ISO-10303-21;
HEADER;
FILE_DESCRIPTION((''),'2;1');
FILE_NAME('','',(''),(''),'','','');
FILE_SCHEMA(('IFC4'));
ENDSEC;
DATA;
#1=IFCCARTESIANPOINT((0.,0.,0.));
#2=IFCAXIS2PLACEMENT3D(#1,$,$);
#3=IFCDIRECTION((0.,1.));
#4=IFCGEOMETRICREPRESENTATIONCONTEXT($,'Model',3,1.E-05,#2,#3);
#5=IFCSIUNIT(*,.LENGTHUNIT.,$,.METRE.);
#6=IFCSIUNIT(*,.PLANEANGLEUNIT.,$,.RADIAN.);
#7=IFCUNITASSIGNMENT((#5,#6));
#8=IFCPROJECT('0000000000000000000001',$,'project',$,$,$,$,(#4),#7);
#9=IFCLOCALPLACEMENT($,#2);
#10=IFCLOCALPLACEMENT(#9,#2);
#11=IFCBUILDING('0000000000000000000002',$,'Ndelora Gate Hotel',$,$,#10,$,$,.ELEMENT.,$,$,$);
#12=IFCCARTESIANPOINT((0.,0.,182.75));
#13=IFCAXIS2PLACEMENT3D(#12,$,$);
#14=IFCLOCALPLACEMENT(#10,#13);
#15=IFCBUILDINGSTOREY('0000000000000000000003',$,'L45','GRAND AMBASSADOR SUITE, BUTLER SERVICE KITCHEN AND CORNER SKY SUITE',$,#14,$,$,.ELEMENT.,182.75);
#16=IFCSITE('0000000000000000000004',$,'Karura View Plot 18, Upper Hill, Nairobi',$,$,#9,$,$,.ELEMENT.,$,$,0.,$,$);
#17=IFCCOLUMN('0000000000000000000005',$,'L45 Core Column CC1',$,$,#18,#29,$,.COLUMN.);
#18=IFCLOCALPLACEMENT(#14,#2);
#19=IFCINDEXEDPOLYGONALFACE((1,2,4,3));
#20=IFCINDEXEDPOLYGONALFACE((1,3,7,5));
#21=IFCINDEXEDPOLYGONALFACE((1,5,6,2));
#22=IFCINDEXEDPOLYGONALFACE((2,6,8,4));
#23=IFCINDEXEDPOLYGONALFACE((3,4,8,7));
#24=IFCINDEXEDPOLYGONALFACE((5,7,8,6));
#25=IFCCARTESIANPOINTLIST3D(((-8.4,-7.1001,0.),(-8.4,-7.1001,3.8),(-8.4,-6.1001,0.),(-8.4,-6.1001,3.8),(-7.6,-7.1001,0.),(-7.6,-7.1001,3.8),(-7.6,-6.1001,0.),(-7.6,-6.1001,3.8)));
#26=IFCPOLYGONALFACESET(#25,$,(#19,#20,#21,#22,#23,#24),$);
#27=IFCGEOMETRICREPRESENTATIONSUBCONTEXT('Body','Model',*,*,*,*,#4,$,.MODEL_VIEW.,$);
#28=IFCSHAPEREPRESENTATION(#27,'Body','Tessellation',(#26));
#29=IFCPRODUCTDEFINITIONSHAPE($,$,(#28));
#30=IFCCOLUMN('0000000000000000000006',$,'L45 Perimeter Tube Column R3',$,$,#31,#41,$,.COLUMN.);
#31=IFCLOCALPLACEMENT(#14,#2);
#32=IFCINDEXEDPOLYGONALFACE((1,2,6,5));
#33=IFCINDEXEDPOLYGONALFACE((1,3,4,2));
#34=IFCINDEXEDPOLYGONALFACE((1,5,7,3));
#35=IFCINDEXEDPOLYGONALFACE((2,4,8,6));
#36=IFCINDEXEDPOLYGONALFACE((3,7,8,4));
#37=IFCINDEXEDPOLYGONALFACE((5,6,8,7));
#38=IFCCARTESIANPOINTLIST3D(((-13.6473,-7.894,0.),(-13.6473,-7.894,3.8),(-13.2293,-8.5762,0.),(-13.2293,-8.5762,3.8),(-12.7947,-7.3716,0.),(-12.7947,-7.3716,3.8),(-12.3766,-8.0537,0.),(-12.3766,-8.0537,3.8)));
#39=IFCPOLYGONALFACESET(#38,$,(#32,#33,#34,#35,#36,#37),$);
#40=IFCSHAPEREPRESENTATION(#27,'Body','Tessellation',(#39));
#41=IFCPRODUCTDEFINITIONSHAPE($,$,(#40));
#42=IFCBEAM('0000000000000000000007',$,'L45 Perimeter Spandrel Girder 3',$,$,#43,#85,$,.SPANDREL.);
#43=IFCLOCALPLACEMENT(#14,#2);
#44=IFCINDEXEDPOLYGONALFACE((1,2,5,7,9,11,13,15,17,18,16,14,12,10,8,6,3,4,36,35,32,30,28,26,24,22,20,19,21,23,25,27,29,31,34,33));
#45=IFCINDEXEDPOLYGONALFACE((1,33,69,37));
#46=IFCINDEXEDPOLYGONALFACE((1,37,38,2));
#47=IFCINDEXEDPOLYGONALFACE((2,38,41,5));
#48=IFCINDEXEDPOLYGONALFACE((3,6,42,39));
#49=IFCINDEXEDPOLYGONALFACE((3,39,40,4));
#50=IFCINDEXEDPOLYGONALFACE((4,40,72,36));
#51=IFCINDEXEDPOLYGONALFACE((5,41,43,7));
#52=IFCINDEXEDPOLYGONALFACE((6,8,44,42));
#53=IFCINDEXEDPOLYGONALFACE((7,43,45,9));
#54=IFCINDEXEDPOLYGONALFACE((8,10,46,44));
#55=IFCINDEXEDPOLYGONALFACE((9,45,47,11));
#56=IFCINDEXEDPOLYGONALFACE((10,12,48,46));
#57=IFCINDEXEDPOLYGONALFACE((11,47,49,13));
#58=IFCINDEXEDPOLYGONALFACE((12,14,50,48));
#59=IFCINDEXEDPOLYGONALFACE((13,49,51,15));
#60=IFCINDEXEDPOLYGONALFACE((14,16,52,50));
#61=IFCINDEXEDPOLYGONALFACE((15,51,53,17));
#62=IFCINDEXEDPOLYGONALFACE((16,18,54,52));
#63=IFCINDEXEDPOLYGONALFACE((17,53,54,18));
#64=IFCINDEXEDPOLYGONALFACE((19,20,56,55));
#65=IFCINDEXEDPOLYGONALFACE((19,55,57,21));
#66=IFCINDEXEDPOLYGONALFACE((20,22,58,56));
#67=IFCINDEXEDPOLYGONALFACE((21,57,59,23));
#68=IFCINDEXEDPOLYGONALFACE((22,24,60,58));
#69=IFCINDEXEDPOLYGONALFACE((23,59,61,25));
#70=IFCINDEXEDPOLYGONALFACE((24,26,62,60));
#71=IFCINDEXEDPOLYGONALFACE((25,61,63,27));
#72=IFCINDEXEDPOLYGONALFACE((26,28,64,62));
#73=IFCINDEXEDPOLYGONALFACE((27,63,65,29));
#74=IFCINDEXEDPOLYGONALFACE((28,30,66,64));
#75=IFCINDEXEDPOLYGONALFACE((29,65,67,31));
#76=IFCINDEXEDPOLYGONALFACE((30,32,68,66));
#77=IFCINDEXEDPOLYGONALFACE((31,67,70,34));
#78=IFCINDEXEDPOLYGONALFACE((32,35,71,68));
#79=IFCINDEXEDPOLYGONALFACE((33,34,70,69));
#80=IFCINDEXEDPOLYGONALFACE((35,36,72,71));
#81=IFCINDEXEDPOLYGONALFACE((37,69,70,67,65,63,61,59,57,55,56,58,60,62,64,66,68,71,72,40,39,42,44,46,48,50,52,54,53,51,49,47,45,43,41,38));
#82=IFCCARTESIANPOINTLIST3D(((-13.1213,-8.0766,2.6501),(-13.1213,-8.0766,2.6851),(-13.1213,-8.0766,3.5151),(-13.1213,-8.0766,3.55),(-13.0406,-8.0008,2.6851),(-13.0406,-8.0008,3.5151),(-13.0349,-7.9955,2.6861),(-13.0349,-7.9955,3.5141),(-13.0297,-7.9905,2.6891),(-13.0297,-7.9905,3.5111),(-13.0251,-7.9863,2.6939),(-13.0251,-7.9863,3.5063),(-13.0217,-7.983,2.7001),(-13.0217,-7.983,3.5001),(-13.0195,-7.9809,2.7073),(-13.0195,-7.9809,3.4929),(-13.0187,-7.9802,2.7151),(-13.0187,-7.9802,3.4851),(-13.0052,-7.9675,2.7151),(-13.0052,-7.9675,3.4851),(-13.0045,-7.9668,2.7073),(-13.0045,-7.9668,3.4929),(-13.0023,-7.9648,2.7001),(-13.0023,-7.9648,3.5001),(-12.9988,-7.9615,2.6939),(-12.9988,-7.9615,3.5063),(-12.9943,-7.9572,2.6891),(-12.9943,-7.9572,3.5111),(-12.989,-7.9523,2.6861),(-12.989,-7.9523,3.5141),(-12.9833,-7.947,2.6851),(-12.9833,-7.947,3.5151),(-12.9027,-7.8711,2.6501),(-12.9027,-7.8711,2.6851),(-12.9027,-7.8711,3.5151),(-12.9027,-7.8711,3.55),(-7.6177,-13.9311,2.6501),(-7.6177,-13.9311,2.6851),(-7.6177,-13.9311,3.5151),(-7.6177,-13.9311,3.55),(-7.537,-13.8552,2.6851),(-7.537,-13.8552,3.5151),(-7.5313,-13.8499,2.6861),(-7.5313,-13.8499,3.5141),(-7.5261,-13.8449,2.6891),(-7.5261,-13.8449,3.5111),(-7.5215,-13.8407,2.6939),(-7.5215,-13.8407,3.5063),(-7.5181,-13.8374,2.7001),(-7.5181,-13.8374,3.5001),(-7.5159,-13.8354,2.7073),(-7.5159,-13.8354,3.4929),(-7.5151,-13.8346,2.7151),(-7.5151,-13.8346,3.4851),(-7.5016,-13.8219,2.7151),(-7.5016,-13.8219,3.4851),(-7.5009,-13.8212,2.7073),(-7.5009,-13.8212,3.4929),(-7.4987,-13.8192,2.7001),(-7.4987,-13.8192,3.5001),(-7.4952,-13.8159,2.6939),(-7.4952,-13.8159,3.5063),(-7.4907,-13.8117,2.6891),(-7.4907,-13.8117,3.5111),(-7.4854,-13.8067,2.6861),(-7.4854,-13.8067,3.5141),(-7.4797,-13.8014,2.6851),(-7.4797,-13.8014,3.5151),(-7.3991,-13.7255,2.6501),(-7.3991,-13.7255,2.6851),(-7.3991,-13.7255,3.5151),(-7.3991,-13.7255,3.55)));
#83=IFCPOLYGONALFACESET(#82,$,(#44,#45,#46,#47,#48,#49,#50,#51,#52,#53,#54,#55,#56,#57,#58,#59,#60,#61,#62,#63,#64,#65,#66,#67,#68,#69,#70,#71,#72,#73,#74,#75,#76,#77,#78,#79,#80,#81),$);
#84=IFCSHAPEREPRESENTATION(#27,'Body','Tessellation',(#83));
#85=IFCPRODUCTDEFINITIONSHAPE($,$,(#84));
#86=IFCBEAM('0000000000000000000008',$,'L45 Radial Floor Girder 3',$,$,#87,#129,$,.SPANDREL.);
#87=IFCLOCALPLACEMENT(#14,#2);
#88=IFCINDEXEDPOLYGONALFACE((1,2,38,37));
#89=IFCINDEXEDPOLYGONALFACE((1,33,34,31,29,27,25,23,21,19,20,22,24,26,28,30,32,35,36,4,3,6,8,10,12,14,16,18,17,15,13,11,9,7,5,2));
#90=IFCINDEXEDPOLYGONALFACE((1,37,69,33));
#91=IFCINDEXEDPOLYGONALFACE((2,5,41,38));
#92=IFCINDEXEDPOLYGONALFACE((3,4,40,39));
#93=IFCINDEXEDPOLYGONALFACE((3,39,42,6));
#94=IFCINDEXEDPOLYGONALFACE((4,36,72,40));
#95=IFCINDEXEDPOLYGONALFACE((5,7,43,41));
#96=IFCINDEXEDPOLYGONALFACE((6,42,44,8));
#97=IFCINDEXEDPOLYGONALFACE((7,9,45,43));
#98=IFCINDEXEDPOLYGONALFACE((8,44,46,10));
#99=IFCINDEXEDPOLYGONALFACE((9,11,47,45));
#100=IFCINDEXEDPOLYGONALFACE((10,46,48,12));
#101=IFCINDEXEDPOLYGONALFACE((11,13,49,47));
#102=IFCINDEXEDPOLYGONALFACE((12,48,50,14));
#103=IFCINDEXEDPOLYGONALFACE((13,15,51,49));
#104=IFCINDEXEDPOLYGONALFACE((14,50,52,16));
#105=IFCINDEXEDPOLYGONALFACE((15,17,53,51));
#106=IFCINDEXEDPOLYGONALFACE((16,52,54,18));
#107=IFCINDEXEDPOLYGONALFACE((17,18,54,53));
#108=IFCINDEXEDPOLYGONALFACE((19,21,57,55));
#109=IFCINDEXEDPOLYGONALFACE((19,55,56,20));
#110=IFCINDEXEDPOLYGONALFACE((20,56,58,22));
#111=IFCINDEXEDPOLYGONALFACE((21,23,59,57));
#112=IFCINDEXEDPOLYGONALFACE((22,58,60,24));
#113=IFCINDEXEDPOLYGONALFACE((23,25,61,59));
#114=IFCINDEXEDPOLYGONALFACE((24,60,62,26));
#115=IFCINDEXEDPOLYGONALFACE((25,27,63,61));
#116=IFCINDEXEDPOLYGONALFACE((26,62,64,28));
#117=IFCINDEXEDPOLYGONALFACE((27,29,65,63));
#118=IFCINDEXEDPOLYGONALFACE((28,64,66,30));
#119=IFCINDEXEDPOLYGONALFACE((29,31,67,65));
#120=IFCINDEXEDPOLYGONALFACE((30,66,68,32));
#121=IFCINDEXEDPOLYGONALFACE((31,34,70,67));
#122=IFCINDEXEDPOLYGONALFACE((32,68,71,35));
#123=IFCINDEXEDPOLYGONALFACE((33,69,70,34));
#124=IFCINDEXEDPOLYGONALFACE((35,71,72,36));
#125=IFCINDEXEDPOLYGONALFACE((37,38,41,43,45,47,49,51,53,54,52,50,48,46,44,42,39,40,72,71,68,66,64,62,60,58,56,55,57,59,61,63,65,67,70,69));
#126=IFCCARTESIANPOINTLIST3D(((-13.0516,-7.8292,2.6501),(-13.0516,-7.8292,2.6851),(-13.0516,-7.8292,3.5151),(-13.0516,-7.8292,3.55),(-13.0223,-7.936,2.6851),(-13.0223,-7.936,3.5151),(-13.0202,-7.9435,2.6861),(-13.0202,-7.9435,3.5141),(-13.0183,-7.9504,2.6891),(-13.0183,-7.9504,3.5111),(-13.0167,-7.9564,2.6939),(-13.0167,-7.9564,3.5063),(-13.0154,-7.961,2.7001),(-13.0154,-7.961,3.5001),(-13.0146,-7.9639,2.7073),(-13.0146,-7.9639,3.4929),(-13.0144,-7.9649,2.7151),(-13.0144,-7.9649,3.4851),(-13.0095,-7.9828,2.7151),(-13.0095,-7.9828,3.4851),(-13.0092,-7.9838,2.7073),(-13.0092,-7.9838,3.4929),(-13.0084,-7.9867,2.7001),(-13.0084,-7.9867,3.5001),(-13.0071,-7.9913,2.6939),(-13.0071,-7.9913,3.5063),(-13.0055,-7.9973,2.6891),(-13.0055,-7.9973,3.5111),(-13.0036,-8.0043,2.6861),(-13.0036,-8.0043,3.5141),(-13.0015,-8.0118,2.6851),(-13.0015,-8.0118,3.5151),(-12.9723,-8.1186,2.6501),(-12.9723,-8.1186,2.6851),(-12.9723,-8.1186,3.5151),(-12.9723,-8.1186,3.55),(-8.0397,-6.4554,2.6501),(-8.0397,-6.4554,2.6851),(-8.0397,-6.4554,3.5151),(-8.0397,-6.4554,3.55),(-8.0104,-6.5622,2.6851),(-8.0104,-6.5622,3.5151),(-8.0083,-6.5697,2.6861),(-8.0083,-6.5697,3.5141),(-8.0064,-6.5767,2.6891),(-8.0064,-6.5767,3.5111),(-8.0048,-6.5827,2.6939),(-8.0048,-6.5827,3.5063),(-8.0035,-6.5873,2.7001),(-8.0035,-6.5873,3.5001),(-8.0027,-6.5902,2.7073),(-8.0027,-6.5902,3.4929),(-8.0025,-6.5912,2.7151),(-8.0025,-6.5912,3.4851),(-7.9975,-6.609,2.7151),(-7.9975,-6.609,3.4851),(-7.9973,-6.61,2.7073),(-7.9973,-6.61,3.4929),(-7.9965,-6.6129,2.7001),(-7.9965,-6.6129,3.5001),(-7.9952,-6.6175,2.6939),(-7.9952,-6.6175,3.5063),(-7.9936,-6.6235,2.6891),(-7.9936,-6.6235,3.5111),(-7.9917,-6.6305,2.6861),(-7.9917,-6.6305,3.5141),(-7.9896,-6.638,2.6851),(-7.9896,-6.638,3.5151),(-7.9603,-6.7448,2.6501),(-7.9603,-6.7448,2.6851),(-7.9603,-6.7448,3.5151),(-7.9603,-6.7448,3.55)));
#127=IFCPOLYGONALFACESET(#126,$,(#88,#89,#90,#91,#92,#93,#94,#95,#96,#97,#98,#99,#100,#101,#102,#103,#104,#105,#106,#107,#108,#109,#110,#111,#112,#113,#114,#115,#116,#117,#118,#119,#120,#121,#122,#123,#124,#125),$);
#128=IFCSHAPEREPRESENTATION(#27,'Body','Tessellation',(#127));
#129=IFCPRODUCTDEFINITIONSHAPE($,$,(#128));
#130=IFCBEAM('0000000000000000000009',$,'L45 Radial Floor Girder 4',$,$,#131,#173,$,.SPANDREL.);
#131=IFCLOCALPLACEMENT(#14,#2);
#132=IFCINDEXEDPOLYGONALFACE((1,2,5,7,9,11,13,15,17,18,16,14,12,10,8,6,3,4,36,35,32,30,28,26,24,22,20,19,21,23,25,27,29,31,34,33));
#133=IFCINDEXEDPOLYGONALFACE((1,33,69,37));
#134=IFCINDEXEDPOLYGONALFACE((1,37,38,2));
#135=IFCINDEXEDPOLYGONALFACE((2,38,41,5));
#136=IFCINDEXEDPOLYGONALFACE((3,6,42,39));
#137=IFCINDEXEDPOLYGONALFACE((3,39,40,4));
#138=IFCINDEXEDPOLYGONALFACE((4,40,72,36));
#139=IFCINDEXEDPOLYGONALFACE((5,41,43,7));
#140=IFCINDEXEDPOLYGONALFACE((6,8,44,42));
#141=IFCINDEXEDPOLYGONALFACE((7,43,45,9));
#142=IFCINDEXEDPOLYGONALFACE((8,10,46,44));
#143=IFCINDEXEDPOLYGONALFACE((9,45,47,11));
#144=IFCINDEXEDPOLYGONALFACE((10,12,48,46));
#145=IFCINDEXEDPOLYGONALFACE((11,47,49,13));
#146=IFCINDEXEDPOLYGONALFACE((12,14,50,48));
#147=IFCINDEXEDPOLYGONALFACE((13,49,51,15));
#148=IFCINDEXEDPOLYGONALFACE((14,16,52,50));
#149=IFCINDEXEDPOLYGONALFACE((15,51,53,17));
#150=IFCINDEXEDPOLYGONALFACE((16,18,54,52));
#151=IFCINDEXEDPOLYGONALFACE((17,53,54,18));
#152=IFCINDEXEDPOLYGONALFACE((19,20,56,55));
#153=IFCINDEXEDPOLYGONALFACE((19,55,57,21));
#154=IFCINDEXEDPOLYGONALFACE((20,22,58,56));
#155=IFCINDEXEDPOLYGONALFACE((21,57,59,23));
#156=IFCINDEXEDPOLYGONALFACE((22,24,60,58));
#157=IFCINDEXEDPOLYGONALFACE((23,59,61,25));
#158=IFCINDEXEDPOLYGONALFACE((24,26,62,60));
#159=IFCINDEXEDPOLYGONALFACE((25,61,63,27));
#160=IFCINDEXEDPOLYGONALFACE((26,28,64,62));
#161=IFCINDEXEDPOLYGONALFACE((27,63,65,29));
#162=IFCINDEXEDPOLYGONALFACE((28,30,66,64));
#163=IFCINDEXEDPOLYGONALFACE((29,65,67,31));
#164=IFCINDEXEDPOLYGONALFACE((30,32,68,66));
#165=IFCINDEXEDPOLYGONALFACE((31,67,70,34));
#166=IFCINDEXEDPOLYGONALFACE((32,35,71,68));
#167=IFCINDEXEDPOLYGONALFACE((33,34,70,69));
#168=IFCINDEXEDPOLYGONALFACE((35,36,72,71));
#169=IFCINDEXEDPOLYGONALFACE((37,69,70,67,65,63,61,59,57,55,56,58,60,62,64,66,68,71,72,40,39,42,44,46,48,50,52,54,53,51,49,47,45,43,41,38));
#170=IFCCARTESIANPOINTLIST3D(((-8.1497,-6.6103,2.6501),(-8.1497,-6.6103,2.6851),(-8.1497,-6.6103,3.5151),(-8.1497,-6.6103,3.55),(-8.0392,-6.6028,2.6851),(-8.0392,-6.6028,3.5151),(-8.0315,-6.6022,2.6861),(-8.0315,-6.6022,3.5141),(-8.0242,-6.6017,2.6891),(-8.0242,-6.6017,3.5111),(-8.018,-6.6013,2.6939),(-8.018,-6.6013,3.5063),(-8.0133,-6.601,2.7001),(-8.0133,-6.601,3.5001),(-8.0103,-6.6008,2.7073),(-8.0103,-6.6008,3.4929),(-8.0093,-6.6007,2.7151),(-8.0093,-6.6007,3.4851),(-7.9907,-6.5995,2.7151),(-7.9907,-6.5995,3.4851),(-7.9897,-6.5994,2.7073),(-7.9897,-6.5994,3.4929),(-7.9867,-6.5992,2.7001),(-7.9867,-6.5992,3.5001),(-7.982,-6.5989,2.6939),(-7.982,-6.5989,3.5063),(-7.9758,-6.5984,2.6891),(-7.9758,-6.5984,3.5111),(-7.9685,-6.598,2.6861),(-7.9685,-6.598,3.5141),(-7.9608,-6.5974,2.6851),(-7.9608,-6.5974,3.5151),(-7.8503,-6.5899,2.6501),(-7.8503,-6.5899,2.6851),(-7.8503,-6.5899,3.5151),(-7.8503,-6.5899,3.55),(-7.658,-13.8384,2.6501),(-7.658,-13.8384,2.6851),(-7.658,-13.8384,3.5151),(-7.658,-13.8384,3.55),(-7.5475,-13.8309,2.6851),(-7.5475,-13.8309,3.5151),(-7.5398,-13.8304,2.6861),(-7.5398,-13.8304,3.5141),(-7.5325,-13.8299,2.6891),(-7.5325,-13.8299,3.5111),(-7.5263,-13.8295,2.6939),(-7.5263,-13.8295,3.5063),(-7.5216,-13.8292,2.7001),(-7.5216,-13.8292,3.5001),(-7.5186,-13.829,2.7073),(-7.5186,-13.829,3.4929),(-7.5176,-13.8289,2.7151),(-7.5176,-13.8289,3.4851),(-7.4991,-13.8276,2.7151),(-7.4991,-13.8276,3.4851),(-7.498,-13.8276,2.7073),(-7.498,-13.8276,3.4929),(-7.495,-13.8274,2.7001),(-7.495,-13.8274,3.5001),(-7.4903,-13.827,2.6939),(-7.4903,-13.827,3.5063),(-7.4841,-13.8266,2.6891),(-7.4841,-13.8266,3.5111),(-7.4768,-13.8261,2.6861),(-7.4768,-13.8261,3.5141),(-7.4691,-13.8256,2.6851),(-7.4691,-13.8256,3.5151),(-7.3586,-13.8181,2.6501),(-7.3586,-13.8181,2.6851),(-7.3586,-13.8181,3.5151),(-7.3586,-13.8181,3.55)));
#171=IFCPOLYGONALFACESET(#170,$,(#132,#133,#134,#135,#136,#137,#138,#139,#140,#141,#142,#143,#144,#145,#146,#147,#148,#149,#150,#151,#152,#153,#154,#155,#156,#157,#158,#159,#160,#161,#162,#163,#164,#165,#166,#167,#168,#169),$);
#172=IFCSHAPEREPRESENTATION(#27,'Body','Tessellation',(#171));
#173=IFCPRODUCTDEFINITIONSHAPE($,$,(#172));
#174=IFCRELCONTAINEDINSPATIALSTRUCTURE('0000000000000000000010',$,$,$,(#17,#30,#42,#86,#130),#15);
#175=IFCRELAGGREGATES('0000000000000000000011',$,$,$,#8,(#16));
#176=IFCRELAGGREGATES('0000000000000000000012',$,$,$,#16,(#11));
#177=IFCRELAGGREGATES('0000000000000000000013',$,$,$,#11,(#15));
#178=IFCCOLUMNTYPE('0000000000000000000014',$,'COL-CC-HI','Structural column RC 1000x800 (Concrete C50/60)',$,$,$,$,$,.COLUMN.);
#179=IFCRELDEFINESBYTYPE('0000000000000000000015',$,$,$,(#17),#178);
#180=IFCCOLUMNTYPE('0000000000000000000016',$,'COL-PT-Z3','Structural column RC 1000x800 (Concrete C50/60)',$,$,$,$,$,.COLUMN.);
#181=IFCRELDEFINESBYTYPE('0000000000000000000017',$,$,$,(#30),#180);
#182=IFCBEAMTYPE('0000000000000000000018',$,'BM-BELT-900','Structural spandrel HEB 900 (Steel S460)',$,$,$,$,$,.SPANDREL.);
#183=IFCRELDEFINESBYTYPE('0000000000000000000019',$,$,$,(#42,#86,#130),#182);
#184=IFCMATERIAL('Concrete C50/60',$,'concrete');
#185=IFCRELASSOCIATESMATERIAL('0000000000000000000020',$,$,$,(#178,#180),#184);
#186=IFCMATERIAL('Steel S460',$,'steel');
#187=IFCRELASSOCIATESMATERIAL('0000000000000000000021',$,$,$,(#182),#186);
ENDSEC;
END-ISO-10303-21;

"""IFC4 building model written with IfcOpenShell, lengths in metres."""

from ifc_helpers import new_model, si_unit, direction, frame, origin, origin_2d, place, context, subcontext, project, spatial, rectangle, i_section, extrude, material, material_profile, profile_set, type_object, element, save


model = new_model("IFC4")

# Units and contexts
model_context = context("Model", 3, precision=1e-05, world=origin(), true_north=direction((0.0, 1.0)))
body_context = subcontext(model_context, "Body", "Model", "MODEL_VIEW")
ifc_project = project(units=[si_unit("LENGTHUNIT", "METRE"), si_unit("PLANEANGLEUNIT", "RADIAN")], contexts=[model_context])

# Site, building, storey
site_placement = place(None, origin())
site = spatial("IfcSite", under=ifc_project, at=site_placement, Name="Karura View Plot 18, Upper Hill, Nairobi", CompositionType="ELEMENT", RefElevation=0.0)
building_placement = place(site_placement, origin())
building = spatial("IfcBuilding", under=site, at=building_placement, Name="Ndelora Gate Hotel", CompositionType="ELEMENT")
storey_placement = place(building_placement, frame((0.0, 0.0, 182.75)))
storey = spatial("IfcBuildingStorey", under=building, at=storey_placement, Name="L45", Description="GRAND AMBASSADOR SUITE, BUTLER SERVICE KITCHEN AND CORNER SKY SUITE", CompositionType="ELEMENT", Elevation=182.75)

# Columns
ifc_material_1 = material(Name="Concrete C50/60", Category="concrete")
ifc_material_profile_1 = material_profile(ifc_material_1, rectangle(XDim=0.8, YDim=1.0, at=origin_2d()), Name="RC 1000x800")
ifc_profile_set_1 = profile_set([ifc_material_profile_1], Name="Concrete C50/60")
column_type_1 = type_object("IfcColumnType", Name="COL-CC-HI", Description="Structural column RC 1000x800 (Concrete C50/60)", PredefinedType="COLUMN", material=ifc_profile_set_1)
column_1_placement = place(storey_placement, frame((-8.0, -6.6001, 0.0), z_axis=(0.0, 0.0, 1.0), x_axis=(1.0, 0.0, 0.0)))
element("IfcColumn", 1, at=column_1_placement, inside=storey, type_object=column_type_1, Name="L45 Core Column CC1", PredefinedType="COLUMN", context=body_context, shape_type="SweptSolid", body=[
    extrude(rectangle(XDim=0.8, YDim=1.0, at=origin_2d()), origin(), (0.0, 0.0, 1.0), 3.8),
])
ifc_material_profile_2 = material_profile(ifc_material_1, rectangle(XDim=0.8, YDim=1.0, at=origin_2d()), Name="RC 1000x800")
ifc_profile_set_2 = profile_set([ifc_material_profile_2], Name="Concrete C50/60")
column_type_2 = type_object("IfcColumnType", Name="COL-PT-Z3", Description="Structural column RC 1000x800 (Concrete C50/60)", PredefinedType="COLUMN", material=ifc_profile_set_2)
column_2_placement = place(storey_placement, frame((-13.012, -7.9739, 0.0), z_axis=(0.0, 0.0, 1.0), x_axis=(-0.522499, 0.85264, 0.0)))
element("IfcColumn", 2, at=column_2_placement, inside=storey, type_object=column_type_2, Name="L45 Perimeter Tube Column R3", PredefinedType="COLUMN", context=body_context, shape_type="SweptSolid", body=[
    extrude(rectangle(XDim=0.8, YDim=1.0, at=origin_2d()), origin(), (0.0, 0.0, 1.0), 3.8),
])

# Beams
ifc_material_2 = material(Name="Steel S460", Category="steel")
ifc_material_profile_3 = material_profile(ifc_material_2, i_section(OverallWidth=0.3, OverallDepth=0.8999, WebThickness=0.0186, FlangeThickness=0.0349, FilletRadius=0.03, at=origin_2d()), Name="HEB 900")
ifc_profile_set_3 = profile_set([ifc_material_profile_3], Name="Steel S460")
beam_type_1 = type_object("IfcBeamType", Name="BM-BELT-900", Description="Structural spandrel HEB 900 (Steel S460)", PredefinedType="SPANDREL", material=ifc_profile_set_3)
beam_1_placement = place(storey_placement, frame((-13.012, -7.9739, 3.1001), z_axis=(0.684939, -0.7286, 0.0), x_axis=(0.7286, 0.684939, 0.0)))
element("IfcBeam", 3, at=beam_1_placement, inside=storey, type_object=beam_type_1, Name="L45 Perimeter Spandrel Girder 3", PredefinedType="SPANDREL", context=body_context, shape_type="SweptSolid", body=[
    extrude(i_section(OverallWidth=0.3, OverallDepth=0.8999, WebThickness=0.0186, FlangeThickness=0.0349, FilletRadius=0.03, at=origin_2d()), origin(), (0.0, 0.0, 1.0), 8.0352),
])
beam_2_placement = place(storey_placement, frame((-8.0, -6.6001, 3.1001), z_axis=(-0.964427, -0.264349, 0.0), x_axis=(0.264349, -0.964427, 0.0)))
element("IfcBeam", 4, at=beam_2_placement, inside=storey, type_object=beam_type_1, Name="L45 Radial Floor Girder 3", PredefinedType="SPANDREL", context=body_context, shape_type="SweptSolid", body=[
    extrude(i_section(OverallWidth=0.3, OverallDepth=0.8999, WebThickness=0.0186, FlangeThickness=0.0349, FilletRadius=0.03, at=origin_2d()), origin(), (0.0, 0.0, 1.0), 5.1968),
])
beam_3_placement = place(storey_placement, frame((-8.0, -6.6001, 3.1001), z_axis=(0.067868, -0.997694, 0.0), x_axis=(0.997694, 0.067868, 0.0)))
element("IfcBeam", 5, at=beam_3_placement, inside=storey, type_object=beam_type_1, Name="L45 Radial Floor Girder 4", PredefinedType="SPANDREL", context=body_context, shape_type="SweptSolid", body=[
    extrude(i_section(OverallWidth=0.3, OverallDepth=0.8999, WebThickness=0.0186, FlangeThickness=0.0349, FilletRadius=0.03, at=origin_2d()), origin(), (0.0, 0.0, 1.0), 7.2449),
])

save(model, "model.ifc")
